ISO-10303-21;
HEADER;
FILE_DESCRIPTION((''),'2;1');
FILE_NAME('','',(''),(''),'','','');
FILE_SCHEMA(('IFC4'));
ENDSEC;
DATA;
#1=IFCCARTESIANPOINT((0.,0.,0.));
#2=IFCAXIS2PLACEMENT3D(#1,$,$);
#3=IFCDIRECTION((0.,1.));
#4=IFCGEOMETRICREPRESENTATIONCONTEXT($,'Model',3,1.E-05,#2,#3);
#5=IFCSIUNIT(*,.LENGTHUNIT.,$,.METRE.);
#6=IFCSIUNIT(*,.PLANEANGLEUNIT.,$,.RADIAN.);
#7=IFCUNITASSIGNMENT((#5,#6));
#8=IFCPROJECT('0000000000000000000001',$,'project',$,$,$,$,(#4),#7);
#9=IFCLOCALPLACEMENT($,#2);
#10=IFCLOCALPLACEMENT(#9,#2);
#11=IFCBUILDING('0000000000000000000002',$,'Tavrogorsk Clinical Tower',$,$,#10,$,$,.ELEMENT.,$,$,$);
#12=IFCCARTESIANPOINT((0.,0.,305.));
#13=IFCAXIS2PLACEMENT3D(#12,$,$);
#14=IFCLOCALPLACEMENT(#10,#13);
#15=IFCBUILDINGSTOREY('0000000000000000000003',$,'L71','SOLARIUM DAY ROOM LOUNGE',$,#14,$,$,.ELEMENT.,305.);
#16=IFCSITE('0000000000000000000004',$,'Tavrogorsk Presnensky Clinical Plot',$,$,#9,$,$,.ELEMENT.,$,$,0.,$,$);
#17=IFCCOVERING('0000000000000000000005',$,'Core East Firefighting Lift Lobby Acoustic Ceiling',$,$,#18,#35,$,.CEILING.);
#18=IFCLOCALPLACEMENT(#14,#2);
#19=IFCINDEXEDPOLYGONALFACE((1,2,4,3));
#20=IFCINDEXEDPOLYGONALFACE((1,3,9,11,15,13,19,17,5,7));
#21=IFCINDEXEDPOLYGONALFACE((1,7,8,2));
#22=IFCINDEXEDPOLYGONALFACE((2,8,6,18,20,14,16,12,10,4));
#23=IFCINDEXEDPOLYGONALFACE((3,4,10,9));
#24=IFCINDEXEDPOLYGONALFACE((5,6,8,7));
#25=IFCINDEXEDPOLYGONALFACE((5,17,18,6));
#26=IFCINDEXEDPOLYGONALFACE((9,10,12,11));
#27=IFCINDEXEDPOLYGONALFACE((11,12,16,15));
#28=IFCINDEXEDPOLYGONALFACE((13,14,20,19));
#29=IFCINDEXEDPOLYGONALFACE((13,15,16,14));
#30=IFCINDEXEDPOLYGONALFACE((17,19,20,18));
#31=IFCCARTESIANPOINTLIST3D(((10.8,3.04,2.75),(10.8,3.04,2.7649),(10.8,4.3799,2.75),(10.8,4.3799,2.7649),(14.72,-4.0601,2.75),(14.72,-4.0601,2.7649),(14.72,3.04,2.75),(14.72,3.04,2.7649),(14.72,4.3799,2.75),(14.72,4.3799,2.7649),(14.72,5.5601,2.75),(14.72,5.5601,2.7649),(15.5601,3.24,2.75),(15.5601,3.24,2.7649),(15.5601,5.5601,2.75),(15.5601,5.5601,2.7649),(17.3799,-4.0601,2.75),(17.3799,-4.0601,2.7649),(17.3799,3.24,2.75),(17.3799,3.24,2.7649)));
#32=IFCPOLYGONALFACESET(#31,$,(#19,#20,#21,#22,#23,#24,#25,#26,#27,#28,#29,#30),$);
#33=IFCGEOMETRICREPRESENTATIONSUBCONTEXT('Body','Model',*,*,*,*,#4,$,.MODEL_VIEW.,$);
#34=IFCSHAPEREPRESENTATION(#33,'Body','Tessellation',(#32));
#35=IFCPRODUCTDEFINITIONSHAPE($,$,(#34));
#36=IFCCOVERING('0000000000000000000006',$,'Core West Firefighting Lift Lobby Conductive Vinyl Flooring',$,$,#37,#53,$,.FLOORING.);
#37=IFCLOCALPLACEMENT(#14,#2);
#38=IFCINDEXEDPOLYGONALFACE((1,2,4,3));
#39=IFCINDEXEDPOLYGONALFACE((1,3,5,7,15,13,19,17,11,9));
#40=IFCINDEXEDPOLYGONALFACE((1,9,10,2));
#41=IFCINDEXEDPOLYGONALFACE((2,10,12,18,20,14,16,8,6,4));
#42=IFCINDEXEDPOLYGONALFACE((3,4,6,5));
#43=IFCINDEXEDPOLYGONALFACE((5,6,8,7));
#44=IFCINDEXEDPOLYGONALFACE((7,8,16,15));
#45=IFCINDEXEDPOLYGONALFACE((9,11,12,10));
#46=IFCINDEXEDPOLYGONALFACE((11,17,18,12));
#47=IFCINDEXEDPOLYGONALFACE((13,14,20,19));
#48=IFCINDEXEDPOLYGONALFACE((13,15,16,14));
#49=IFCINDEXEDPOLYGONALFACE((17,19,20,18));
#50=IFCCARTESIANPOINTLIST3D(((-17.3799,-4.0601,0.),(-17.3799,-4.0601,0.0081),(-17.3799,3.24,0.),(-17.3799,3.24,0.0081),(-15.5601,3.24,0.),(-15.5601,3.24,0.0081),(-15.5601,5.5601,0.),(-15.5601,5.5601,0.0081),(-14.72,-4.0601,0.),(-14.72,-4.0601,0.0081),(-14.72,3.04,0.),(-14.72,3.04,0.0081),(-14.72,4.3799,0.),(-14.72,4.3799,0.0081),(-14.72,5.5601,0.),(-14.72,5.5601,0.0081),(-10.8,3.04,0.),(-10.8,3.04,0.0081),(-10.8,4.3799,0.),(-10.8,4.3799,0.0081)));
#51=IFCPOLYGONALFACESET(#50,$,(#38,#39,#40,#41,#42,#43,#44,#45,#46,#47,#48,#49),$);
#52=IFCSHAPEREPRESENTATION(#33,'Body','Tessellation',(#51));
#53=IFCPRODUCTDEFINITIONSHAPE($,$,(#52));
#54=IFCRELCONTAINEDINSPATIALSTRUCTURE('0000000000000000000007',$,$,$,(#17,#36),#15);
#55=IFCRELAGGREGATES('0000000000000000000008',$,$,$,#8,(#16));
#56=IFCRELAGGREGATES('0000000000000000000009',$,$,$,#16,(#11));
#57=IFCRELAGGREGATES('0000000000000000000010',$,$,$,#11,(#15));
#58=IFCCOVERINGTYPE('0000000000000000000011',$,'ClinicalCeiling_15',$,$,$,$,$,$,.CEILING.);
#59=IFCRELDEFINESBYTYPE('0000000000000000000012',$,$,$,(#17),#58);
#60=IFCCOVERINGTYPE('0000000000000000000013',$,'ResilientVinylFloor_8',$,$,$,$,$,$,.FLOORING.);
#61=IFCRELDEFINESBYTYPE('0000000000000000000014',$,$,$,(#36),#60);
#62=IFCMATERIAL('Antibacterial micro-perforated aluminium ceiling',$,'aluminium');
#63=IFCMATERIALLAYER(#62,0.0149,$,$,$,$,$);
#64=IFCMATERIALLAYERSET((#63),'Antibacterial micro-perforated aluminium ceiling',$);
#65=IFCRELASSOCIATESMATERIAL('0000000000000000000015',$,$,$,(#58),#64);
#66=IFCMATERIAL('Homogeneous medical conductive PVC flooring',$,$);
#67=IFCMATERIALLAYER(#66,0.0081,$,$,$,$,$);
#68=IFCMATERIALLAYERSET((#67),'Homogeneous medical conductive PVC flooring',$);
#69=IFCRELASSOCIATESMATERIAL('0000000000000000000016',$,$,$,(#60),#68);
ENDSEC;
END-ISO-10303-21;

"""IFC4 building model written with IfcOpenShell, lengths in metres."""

from ifc_helpers import new_model, si_unit, direction, frame, origin, place, context, subcontext, project, spatial, polyline, outline, extrude, material, layer, layer_set, type_object, element, save


model = new_model("IFC4")

# Units and contexts
model_context = context("Model", 3, precision=1e-05, world=origin(), true_north=direction((0.0, 1.0)))
body_context = subcontext(model_context, "Body", "Model", "MODEL_VIEW")
ifc_project = project(units=[si_unit("LENGTHUNIT", "METRE"), si_unit("PLANEANGLEUNIT", "RADIAN")], contexts=[model_context])

# Site, building, storey
site_placement = place(None, origin())
site = spatial("IfcSite", under=ifc_project, at=site_placement, Name="Tavrogorsk Presnensky Clinical Plot", CompositionType="ELEMENT", RefElevation=0.0)
building_placement = place(site_placement, origin())
building = spatial("IfcBuilding", under=site, at=building_placement, Name="Tavrogorsk Clinical Tower", CompositionType="ELEMENT")
storey_placement = place(building_placement, frame((0.0, 0.0, 305.0)))
storey = spatial("IfcBuildingStorey", under=building, at=storey_placement, Name="L71", Description="SOLARIUM DAY ROOM LOUNGE", CompositionType="ELEMENT", Elevation=305.0)

# Coverings
ifc_material_1 = material(Name="Antibacterial micro-perforated aluminium ceiling", Category="aluminium")
ifc_layer_1 = layer(ifc_material_1, 0.0149)
ifc_layer_set_1 = layer_set([ifc_layer_1], Name="Antibacterial micro-perforated aluminium ceiling")
covering_type_1 = type_object("IfcCoveringType", Name="ClinicalCeiling_15", PredefinedType="CEILING", material=ifc_layer_set_1)
covering_1_placement = place(storey_placement, frame((0.0, 0.0, 2.75)))
element("IfcCovering", 1, at=covering_1_placement, inside=storey, type_object=covering_type_1, Name="Core East Firefighting Lift Lobby Acoustic Ceiling", PredefinedType="CEILING", context=body_context, shape_type="SweptSolid", body=[
    extrude(outline(polyline([(14.72, -4.0601), (14.72, 3.04), (10.8, 3.04), (10.8, 4.3799), (14.72, 4.3799), (14.72, 5.5601), (15.5601, 5.5601), (15.5601, 3.24), (17.3799, 3.24), (17.3799, -4.0601), (14.72, -4.0601)])), origin(), (0.0, 0.0, 1.0), 0.0149),
])
ifc_material_2 = material(Name="Homogeneous medical conductive PVC flooring")
ifc_layer_2 = layer(ifc_material_2, 0.0081)
ifc_layer_set_2 = layer_set([ifc_layer_2], Name="Homogeneous medical conductive PVC flooring")
covering_type_2 = type_object("IfcCoveringType", Name="ResilientVinylFloor_8", PredefinedType="FLOORING", material=ifc_layer_set_2)
covering_2_placement = place(storey_placement, origin())
element("IfcCovering", 2, at=covering_2_placement, inside=storey, type_object=covering_type_2, Name="Core West Firefighting Lift Lobby Conductive Vinyl Flooring", PredefinedType="FLOORING", context=body_context, shape_type="SweptSolid", body=[
    extrude(outline(polyline([(-14.72, 4.3799), (-10.8, 4.3799), (-10.8, 3.04), (-14.72, 3.04), (-14.72, -4.0601), (-17.3799, -4.0601), (-17.3799, 3.24), (-15.5601, 3.24), (-15.5601, 5.5601), (-14.72, 5.5601), (-14.72, 4.3799)])), origin(), (0.0, 0.0, 1.0), 0.0081),
])

save(model, "model.ifc")
